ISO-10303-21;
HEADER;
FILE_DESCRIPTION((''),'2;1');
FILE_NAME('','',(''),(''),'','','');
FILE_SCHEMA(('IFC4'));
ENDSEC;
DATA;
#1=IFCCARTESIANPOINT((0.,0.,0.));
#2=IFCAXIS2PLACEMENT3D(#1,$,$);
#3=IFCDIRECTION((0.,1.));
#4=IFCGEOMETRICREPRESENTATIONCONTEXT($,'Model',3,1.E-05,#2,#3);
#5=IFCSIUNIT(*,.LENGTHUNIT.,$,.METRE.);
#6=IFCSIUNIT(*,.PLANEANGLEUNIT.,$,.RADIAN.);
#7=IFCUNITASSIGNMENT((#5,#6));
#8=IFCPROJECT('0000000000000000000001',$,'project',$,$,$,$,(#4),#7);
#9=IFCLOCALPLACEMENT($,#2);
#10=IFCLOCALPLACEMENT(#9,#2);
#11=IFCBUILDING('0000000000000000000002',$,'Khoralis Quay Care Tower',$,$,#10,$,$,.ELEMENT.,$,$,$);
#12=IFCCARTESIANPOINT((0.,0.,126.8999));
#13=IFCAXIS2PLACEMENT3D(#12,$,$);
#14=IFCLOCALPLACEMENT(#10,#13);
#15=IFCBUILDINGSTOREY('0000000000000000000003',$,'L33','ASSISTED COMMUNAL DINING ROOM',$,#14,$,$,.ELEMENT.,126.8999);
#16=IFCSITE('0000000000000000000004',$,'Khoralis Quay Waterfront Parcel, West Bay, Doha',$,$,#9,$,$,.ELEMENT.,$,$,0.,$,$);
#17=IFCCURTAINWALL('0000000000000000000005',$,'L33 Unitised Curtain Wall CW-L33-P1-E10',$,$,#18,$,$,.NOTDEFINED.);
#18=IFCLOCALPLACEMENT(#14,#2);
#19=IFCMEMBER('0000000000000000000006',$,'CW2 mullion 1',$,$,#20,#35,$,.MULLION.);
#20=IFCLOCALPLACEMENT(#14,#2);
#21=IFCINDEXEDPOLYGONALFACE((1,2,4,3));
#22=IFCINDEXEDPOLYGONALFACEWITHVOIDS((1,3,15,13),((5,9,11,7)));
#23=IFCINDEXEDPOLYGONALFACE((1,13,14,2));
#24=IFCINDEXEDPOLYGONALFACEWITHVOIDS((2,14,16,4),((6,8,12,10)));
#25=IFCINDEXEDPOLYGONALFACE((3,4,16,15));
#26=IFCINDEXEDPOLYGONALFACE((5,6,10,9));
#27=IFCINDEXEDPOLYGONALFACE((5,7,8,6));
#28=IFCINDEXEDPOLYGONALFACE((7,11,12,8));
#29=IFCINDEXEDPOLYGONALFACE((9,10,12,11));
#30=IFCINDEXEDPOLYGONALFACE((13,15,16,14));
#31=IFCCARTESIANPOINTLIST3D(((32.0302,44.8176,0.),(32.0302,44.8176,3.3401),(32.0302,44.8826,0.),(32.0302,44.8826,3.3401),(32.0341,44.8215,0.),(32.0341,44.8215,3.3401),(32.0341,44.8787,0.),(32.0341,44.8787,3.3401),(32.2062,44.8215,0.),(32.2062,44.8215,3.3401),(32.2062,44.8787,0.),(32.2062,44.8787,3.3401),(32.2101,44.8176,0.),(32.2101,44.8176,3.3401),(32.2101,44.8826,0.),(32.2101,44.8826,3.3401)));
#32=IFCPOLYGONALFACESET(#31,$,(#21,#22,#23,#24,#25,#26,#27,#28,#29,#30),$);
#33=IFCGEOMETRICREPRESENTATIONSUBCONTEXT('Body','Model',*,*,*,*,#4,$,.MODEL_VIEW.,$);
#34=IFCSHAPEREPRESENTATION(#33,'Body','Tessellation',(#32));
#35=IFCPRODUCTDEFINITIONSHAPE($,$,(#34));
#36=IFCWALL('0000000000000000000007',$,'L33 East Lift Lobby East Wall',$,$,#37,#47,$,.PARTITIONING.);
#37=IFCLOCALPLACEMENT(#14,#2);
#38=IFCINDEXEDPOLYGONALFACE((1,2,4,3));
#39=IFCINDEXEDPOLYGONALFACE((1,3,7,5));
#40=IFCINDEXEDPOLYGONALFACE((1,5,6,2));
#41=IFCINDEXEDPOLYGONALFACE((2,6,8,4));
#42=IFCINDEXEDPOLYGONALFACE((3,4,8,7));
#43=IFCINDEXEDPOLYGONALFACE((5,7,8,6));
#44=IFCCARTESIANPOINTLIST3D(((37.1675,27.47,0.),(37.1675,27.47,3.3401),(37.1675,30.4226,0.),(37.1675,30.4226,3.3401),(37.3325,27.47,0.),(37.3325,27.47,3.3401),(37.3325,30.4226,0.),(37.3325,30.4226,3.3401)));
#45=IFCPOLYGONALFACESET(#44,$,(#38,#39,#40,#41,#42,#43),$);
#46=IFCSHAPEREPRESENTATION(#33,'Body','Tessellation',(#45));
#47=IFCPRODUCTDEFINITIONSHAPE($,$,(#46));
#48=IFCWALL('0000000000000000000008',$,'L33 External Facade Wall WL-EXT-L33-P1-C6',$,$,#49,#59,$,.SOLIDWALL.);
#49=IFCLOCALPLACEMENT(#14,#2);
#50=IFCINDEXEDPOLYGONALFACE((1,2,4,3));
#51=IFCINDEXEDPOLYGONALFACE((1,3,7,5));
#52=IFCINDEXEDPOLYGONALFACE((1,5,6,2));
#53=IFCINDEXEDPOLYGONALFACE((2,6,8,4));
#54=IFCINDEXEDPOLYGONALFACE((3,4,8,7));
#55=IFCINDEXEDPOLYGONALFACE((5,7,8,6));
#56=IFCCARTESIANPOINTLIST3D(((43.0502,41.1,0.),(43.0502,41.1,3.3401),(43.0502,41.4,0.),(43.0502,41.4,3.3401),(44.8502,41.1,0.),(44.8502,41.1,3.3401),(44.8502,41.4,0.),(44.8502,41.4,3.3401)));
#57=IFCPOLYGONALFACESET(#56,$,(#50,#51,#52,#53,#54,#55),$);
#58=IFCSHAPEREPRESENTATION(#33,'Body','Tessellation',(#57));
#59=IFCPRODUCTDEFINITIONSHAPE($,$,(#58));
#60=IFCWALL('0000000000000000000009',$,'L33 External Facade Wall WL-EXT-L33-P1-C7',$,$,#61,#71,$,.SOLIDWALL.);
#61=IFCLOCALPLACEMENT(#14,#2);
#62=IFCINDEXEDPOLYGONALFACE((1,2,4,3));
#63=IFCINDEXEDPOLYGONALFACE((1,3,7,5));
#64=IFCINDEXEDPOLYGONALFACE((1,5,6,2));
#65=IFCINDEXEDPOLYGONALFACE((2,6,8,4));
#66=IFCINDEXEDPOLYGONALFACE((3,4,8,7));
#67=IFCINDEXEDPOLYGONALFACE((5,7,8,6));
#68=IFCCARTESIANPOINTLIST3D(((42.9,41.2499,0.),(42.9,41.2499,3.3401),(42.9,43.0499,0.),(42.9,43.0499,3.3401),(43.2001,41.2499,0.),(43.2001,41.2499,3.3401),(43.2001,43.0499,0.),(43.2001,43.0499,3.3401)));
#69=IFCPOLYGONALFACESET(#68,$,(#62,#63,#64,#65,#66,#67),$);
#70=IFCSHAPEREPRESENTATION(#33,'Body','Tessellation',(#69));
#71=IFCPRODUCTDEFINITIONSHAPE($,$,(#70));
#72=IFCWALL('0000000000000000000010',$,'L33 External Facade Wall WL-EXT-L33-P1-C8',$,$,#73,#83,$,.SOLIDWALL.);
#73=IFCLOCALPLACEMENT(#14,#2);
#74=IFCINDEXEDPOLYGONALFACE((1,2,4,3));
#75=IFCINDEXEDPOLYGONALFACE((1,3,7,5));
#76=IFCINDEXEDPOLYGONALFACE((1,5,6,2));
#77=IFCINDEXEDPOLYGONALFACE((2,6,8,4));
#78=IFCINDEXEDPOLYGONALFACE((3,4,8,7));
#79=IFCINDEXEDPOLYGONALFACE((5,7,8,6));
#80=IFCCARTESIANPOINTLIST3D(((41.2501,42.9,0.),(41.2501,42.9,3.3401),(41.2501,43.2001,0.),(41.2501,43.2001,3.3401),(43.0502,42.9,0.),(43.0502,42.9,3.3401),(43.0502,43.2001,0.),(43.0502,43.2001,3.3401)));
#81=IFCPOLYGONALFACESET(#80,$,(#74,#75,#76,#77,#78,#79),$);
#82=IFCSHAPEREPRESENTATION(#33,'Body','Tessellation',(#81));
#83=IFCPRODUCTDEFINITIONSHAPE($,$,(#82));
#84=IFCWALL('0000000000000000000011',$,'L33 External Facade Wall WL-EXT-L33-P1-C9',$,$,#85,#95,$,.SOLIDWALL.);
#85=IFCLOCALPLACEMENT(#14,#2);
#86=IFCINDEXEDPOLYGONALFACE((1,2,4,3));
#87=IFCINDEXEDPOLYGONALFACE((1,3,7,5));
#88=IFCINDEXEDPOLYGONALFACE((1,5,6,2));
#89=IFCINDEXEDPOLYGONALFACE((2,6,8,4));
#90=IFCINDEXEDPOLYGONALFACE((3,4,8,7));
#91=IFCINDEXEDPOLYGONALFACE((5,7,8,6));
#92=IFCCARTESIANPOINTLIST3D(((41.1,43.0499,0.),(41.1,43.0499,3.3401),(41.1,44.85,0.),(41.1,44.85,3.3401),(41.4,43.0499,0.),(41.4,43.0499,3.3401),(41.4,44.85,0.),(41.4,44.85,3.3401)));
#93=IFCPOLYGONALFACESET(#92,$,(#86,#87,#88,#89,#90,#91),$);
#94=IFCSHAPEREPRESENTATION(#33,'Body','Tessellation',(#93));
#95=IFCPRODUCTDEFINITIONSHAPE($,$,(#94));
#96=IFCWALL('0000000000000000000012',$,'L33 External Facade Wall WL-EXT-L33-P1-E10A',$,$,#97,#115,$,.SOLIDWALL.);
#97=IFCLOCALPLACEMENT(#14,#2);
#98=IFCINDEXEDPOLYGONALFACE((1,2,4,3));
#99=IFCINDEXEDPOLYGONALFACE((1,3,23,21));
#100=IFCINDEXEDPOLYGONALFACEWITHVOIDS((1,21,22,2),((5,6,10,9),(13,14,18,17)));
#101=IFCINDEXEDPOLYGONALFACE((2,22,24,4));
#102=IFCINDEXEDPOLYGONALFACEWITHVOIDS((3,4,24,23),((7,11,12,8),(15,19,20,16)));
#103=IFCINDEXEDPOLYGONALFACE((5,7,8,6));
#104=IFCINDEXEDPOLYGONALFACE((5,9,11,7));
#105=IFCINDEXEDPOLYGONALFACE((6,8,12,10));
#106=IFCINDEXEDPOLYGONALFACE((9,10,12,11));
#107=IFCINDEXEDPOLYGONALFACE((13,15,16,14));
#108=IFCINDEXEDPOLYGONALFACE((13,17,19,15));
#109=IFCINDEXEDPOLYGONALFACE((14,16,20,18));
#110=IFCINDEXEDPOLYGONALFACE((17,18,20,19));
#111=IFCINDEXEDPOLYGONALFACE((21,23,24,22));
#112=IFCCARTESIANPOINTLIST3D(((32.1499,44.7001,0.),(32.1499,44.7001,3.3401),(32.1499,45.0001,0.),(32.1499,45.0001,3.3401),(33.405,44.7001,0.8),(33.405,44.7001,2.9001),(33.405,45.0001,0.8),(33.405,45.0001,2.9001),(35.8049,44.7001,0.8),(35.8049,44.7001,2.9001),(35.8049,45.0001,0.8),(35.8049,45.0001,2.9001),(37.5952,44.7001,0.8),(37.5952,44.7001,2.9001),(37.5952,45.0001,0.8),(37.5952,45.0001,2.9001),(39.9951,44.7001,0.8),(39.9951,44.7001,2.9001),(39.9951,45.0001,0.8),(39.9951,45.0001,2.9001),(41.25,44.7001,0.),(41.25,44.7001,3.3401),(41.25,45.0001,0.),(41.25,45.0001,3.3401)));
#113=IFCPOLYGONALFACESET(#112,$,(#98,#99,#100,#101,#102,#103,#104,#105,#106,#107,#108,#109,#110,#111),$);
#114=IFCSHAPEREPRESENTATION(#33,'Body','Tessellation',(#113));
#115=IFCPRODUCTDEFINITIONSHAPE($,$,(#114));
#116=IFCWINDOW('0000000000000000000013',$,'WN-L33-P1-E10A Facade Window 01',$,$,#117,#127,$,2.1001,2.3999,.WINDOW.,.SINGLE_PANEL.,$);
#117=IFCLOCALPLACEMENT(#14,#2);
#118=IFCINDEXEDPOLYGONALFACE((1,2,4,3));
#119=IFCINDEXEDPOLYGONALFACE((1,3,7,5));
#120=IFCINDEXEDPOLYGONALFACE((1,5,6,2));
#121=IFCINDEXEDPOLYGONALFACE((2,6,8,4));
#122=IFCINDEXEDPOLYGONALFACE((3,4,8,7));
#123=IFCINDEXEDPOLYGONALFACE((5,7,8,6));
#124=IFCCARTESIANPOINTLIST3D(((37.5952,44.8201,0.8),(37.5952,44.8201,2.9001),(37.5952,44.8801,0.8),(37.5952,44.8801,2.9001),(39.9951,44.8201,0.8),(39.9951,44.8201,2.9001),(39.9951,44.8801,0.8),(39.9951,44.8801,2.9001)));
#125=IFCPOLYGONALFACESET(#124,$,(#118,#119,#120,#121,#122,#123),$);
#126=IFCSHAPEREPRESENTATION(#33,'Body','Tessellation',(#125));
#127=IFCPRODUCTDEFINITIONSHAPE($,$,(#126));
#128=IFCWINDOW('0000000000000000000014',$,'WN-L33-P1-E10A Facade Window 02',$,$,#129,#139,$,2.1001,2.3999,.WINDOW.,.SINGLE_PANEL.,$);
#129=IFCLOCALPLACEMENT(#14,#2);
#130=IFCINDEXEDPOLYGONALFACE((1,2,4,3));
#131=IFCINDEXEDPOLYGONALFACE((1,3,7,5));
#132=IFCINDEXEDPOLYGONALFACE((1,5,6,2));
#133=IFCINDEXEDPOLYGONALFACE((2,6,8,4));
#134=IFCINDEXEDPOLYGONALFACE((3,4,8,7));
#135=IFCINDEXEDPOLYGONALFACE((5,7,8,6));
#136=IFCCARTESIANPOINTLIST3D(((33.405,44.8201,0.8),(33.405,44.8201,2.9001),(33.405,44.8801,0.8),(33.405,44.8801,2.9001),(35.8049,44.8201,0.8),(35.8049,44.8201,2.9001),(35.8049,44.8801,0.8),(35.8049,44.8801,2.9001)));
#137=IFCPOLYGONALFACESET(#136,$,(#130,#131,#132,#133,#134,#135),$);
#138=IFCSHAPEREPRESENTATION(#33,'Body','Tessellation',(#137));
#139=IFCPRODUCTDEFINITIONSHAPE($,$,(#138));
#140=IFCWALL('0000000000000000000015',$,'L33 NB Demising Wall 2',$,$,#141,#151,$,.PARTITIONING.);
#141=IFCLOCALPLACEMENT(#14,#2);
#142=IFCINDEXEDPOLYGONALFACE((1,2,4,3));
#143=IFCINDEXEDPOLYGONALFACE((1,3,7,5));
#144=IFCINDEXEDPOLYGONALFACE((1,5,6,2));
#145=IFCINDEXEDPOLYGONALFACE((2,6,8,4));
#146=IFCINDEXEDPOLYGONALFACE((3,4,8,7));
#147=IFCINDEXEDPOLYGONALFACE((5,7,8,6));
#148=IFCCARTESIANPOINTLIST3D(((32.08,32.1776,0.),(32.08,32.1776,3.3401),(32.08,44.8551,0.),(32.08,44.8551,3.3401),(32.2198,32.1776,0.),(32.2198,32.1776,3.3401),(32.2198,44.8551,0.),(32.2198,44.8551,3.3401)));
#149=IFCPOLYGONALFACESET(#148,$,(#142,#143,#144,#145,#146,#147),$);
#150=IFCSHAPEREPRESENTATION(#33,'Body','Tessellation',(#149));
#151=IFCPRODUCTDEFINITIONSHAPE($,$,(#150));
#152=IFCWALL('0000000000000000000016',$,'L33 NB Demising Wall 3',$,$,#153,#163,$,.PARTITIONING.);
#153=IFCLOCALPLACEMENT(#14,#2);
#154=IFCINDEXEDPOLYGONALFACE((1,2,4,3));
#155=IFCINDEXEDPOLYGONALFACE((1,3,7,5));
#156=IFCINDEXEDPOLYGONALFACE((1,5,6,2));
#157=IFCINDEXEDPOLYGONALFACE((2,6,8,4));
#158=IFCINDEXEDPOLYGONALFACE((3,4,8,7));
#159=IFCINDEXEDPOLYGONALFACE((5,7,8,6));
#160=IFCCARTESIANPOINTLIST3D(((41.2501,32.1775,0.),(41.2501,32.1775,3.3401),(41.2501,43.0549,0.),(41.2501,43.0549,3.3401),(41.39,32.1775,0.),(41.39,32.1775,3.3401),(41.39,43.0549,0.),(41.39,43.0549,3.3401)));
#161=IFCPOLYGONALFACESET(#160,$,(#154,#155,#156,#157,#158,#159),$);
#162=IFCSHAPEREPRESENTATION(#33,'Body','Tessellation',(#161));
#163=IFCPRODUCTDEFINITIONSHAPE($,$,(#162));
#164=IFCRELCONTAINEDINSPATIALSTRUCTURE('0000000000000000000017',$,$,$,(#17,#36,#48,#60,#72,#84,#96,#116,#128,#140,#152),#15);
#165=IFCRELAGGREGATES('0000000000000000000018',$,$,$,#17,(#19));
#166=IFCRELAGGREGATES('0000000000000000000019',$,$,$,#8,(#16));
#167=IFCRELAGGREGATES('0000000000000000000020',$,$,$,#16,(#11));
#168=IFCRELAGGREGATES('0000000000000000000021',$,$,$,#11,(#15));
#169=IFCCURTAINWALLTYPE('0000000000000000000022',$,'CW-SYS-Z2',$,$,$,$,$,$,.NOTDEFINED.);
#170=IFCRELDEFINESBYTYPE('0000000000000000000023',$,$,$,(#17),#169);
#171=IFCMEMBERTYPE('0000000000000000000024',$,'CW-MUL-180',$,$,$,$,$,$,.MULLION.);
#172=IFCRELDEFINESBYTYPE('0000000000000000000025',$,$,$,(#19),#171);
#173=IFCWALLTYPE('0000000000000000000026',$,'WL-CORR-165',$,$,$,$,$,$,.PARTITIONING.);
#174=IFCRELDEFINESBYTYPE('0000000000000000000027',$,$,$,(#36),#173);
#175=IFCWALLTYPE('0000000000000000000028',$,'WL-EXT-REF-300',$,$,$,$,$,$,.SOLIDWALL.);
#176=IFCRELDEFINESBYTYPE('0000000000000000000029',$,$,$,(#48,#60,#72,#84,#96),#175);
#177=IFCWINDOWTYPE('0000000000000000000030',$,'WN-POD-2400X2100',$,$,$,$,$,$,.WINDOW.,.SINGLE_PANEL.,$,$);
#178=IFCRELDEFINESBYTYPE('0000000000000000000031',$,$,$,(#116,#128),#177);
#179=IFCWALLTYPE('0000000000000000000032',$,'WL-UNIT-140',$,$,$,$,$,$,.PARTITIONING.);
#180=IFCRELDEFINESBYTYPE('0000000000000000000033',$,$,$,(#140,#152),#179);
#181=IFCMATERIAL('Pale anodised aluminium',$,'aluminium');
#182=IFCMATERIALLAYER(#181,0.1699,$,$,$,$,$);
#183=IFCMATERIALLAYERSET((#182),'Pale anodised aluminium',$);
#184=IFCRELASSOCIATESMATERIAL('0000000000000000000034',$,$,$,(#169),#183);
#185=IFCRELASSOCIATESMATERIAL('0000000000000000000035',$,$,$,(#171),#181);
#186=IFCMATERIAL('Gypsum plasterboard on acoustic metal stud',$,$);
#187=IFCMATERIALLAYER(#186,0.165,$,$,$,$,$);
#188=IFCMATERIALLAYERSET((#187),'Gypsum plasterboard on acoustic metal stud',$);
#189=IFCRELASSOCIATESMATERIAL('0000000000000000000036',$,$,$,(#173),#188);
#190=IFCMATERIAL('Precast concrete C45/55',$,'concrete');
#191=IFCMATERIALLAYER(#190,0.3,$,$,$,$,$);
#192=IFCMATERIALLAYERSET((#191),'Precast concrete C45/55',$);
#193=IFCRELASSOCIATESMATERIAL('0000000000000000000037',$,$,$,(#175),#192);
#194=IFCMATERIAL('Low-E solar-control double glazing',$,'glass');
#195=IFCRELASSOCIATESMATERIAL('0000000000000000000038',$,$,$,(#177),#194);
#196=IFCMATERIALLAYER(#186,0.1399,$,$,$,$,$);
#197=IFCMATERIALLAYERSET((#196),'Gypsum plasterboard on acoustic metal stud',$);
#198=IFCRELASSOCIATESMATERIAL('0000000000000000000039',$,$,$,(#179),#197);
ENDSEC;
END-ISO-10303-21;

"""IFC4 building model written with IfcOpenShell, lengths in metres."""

from ifc_helpers import new_model, si_unit, direction, frame, frame_2d, origin, origin_2d, place, context, subcontext, project, spatial, rectangle, hollow_rectangle, extrude, source, transform, mapped, material, layer, layer_set, material_profile, profile_set, type_object, element, fill, aggregate, save


model = new_model("IFC4")

# Units and contexts
model_context = context("Model", 3, precision=1e-05, world=origin(), true_north=direction((0.0, 1.0)))
body_context = subcontext(model_context, "Body", "Model", "MODEL_VIEW")
ifc_project = project(units=[si_unit("LENGTHUNIT", "METRE"), si_unit("PLANEANGLEUNIT", "RADIAN")], contexts=[model_context])

# Site, building, storey
site_placement = place(None, origin())
site = spatial("IfcSite", under=ifc_project, at=site_placement, Name="Khoralis Quay Waterfront Parcel, West Bay, Doha", CompositionType="ELEMENT", RefElevation=0.0)
building_placement = place(site_placement, origin())
building = spatial("IfcBuilding", under=site, at=building_placement, Name="Khoralis Quay Care Tower", CompositionType="ELEMENT")
storey_placement = place(building_placement, frame((0.0, 0.0, 126.8999)))
storey = spatial("IfcBuildingStorey", under=building, at=storey_placement, Name="L33", Description="ASSISTED COMMUNAL DINING ROOM", CompositionType="ELEMENT", Elevation=126.8999)

# Curtain wall, member
ifc_material_1 = material(Name="Pale anodised aluminium", Category="aluminium")
ifc_layer_1 = layer(ifc_material_1, 0.1699)
ifc_layer_set_1 = layer_set([ifc_layer_1], Name="Pale anodised aluminium")
curtain_wall_type = type_object("IfcCurtainWallType", Name="CW-SYS-Z2", PredefinedType="NOTDEFINED", material=ifc_layer_set_1)
curtain_wall_placement = place(storey_placement, origin())
curtain_wall = element("IfcCurtainWall", 1, at=curtain_wall_placement, inside=storey, type_object=curtain_wall_type, Name="L33 Unitised Curtain Wall CW-L33-P1-E10", PredefinedType="NOTDEFINED")
ifc_material_profile_1 = material_profile(ifc_material_1, hollow_rectangle(XDim=0.0649, YDim=0.1799, WallThickness=0.0039, at=origin_2d()), Name="Pale anodised aluminium")
ifc_profile_set_1 = profile_set([ifc_material_profile_1], Name="Pale anodised aluminium")
member_type = type_object("IfcMemberType", Name="CW-MUL-180", PredefinedType="MULLION", material=ifc_profile_set_1)
shared_shape_1 = source(origin(), body_context, "Body", "SweptSolid", [
    extrude(hollow_rectangle(XDim=0.0649, YDim=0.1799, WallThickness=0.0039, at=origin_2d()), origin(), (0.0, 0.0, 1.0), 3.3401),
])
member_placement = place(storey_placement, frame((32.1201, 44.8501, 0.0), z_axis=(0.0, 0.0, 1.0), x_axis=(0.0, -1.0, 0.0)))
member = element("IfcMember", 2, at=member_placement, type_object=member_type, Name="CW2 mullion 1", PredefinedType="MULLION", context=body_context, shape_type="MappedRepresentation", body=[
    mapped(shared_shape_1, transform((0.0, 0.0, 0.0), scale=1.0)),
])
aggregate(curtain_wall, [member])

# Walls
ifc_material_2 = material(Name="Gypsum plasterboard on acoustic metal stud")
ifc_layer_2 = layer(ifc_material_2, 0.165)
ifc_layer_set_2 = layer_set([ifc_layer_2], Name="Gypsum plasterboard on acoustic metal stud")
wall_type_1 = type_object("IfcWallType", Name="WL-CORR-165", PredefinedType="PARTITIONING", material=ifc_layer_set_2)
wall_1_placement = place(storey_placement, frame((37.25, 27.47, 0.0), z_axis=(0.0, 0.0, 1.0), x_axis=(0.0, 1.0, 0.0)))
element("IfcWall", 3, at=wall_1_placement, inside=storey, type_object=wall_type_1, Name="L33 East Lift Lobby East Wall", PredefinedType="PARTITIONING", context=body_context, shape_type="SweptSolid", body=[
    extrude(rectangle(XDim=2.9526, YDim=0.165, at=frame_2d((1.4763, 0.0))), origin(), (0.0, 0.0, 1.0), 3.3401),
])
ifc_material_3 = material(Name="Precast concrete C45/55", Category="concrete")
ifc_layer_3 = layer(ifc_material_3, 0.3)
ifc_layer_set_3 = layer_set([ifc_layer_3], Name="Precast concrete C45/55")
wall_type_2 = type_object("IfcWallType", Name="WL-EXT-REF-300", PredefinedType="SOLIDWALL", material=ifc_layer_set_3)
for number, where, z_axis, x_axis, name in (
    (4, (44.8501, 41.25, 0.0), (0.0, 0.0, 1.0), (-1.0, 0.0, 0.0), "L33 External Facade Wall WL-EXT-L33-P1-C6"),
    (5, (43.05, 41.25, 0.0), (0.0, 0.0, 1.0), (0.0, 1.0, 0.0), "L33 External Facade Wall WL-EXT-L33-P1-C7"),
    (6, (43.05, 43.05, 0.0), (0.0, 0.0, 1.0), (-1.0, 0.0, 0.0), "L33 External Facade Wall WL-EXT-L33-P1-C8"),
    (7, (41.25, 43.05, 0.0), (0.0, 0.0, 1.0), (0.0, 1.0, 0.0), "L33 External Facade Wall WL-EXT-L33-P1-C9"),
):
    element("IfcWall", number, at=place(storey_placement, frame(where, z_axis=z_axis, x_axis=x_axis)), inside=storey, type_object=wall_type_2, Name=name, PredefinedType="SOLIDWALL", context=body_context, shape_type="SweptSolid", body=[
        extrude(rectangle(XDim=1.8, YDim=0.3, at=frame_2d((0.8999, 0.0))), origin(), (0.0, 0.0, 1.0), 3.3401),
    ])

# Wall, openings, windows
wall_2_placement = place(storey_placement, frame((41.25, 44.8501, 0.0), z_axis=(0.0, 0.0, 1.0), x_axis=(-1.0, 0.0, 0.0)))
wall_2 = element("IfcWall", 8, at=wall_2_placement, inside=storey, type_object=wall_type_2, Name="L33 External Facade Wall WL-EXT-L33-P1-E10A", PredefinedType="SOLIDWALL", context=body_context, shape_type="SweptSolid", body=[
    extrude(rectangle(XDim=9.1001, YDim=0.3, at=frame_2d((4.55, 0.0))), origin(), (0.0, 0.0, 1.0), 3.3401),
])
opening_1_placement = place(wall_2_placement, frame((1.2549, 0.0, 0.8)))
opening_1 = element("IfcOpeningElement", 9, at=opening_1_placement, cuts=wall_2, PredefinedType="OPENING", context=body_context, shape_type="SweptSolid", body=[
    extrude(rectangle(XDim=2.3999, YDim=2.1001, at=frame_2d((1.2, 1.05))), frame((0.0, 0.1602, 0.0), z_axis=(0.0, -1.0, 0.0), x_axis=(1.0, 0.0, 0.0)), (0.0, 0.0, 1.0), 0.3201),
])
opening_2_placement = place(wall_2_placement, frame((5.4451, 0.0, 0.8)))
opening_2 = element("IfcOpeningElement", 10, at=opening_2_placement, cuts=wall_2, PredefinedType="OPENING", context=body_context, shape_type="SweptSolid", body=[
    extrude(rectangle(XDim=2.3999, YDim=2.1001, at=frame_2d((1.2, 1.05))), frame((0.0, 0.1602, 0.0), z_axis=(0.0, -1.0, 0.0), x_axis=(1.0, 0.0, 0.0)), (0.0, 0.0, 1.0), 0.3201),
])
ifc_material_4 = material(Name="Low-E solar-control double glazing", Category="glass")
window_type = type_object("IfcWindowType", Name="WN-POD-2400X2100", PartitioningType="SINGLE_PANEL", PredefinedType="WINDOW", material=ifc_material_4)
shared_shape_2 = source(origin(), body_context, "Body", "SweptSolid", [
    extrude(rectangle(XDim=2.3999, YDim=2.1001, at=frame_2d((1.2, 1.05))), frame((0.0, 0.03, 0.0), z_axis=(0.0, -1.0, 0.0), x_axis=(1.0, 0.0, 0.0)), (0.0, 0.0, 1.0), 0.0601),
])
window_1_placement = place(opening_1_placement, origin())
window_1 = element("IfcWindow", 11, at=window_1_placement, inside=storey, type_object=window_type, Name="WN-L33-P1-E10A Facade Window 01", OverallHeight=2.1001, OverallWidth=2.3999, PartitioningType="SINGLE_PANEL", PredefinedType="WINDOW", context=body_context, shape_type="MappedRepresentation", body=[
    mapped(shared_shape_2, transform((0.0, 0.0, 0.0), scale=1.0)),
])
fill(opening_1, window_1)
window_2_placement = place(opening_2_placement, origin())
window_2 = element("IfcWindow", 12, at=window_2_placement, inside=storey, type_object=window_type, Name="WN-L33-P1-E10A Facade Window 02", OverallHeight=2.1001, OverallWidth=2.3999, PartitioningType="SINGLE_PANEL", PredefinedType="WINDOW", context=body_context, shape_type="MappedRepresentation", body=[
    mapped(shared_shape_2, transform((0.0, 0.0, 0.0), scale=1.0)),
])
fill(opening_2, window_2)

# Walls
ifc_layer_4 = layer(ifc_material_2, 0.1399)
ifc_layer_set_4 = layer_set([ifc_layer_4], Name="Gypsum plasterboard on acoustic metal stud")
wall_type_3 = type_object("IfcWallType", Name="WL-UNIT-140", PredefinedType="PARTITIONING", material=ifc_layer_set_4)
wall_3_placement = place(storey_placement, frame((32.1499, 32.1775, 0.0), z_axis=(0.0, 0.0, 1.0), x_axis=(0.0, 1.0, 0.0)))
element("IfcWall", 13, at=wall_3_placement, inside=storey, type_object=wall_type_3, Name="L33 NB Demising Wall 2", PredefinedType="PARTITIONING", context=body_context, shape_type="SweptSolid", body=[
    extrude(rectangle(XDim=12.6775, YDim=0.1399, at=frame_2d((6.3389, 0.0))), origin(), (0.0, 0.0, 1.0), 3.3401),
])
wall_4_placement = place(storey_placement, frame((41.3201, 32.1775, 0.0), z_axis=(0.0, 0.0, 1.0), x_axis=(0.0, 1.0, 0.0)))
element("IfcWall", 14, at=wall_4_placement, inside=storey, type_object=wall_type_3, Name="L33 NB Demising Wall 3", PredefinedType="PARTITIONING", context=body_context, shape_type="SweptSolid", body=[
    extrude(rectangle(XDim=10.8774, YDim=0.1399, at=frame_2d((5.4387, 0.0))), origin(), (0.0, 0.0, 1.0), 3.3401),
])

save(model, "model.ifc")
